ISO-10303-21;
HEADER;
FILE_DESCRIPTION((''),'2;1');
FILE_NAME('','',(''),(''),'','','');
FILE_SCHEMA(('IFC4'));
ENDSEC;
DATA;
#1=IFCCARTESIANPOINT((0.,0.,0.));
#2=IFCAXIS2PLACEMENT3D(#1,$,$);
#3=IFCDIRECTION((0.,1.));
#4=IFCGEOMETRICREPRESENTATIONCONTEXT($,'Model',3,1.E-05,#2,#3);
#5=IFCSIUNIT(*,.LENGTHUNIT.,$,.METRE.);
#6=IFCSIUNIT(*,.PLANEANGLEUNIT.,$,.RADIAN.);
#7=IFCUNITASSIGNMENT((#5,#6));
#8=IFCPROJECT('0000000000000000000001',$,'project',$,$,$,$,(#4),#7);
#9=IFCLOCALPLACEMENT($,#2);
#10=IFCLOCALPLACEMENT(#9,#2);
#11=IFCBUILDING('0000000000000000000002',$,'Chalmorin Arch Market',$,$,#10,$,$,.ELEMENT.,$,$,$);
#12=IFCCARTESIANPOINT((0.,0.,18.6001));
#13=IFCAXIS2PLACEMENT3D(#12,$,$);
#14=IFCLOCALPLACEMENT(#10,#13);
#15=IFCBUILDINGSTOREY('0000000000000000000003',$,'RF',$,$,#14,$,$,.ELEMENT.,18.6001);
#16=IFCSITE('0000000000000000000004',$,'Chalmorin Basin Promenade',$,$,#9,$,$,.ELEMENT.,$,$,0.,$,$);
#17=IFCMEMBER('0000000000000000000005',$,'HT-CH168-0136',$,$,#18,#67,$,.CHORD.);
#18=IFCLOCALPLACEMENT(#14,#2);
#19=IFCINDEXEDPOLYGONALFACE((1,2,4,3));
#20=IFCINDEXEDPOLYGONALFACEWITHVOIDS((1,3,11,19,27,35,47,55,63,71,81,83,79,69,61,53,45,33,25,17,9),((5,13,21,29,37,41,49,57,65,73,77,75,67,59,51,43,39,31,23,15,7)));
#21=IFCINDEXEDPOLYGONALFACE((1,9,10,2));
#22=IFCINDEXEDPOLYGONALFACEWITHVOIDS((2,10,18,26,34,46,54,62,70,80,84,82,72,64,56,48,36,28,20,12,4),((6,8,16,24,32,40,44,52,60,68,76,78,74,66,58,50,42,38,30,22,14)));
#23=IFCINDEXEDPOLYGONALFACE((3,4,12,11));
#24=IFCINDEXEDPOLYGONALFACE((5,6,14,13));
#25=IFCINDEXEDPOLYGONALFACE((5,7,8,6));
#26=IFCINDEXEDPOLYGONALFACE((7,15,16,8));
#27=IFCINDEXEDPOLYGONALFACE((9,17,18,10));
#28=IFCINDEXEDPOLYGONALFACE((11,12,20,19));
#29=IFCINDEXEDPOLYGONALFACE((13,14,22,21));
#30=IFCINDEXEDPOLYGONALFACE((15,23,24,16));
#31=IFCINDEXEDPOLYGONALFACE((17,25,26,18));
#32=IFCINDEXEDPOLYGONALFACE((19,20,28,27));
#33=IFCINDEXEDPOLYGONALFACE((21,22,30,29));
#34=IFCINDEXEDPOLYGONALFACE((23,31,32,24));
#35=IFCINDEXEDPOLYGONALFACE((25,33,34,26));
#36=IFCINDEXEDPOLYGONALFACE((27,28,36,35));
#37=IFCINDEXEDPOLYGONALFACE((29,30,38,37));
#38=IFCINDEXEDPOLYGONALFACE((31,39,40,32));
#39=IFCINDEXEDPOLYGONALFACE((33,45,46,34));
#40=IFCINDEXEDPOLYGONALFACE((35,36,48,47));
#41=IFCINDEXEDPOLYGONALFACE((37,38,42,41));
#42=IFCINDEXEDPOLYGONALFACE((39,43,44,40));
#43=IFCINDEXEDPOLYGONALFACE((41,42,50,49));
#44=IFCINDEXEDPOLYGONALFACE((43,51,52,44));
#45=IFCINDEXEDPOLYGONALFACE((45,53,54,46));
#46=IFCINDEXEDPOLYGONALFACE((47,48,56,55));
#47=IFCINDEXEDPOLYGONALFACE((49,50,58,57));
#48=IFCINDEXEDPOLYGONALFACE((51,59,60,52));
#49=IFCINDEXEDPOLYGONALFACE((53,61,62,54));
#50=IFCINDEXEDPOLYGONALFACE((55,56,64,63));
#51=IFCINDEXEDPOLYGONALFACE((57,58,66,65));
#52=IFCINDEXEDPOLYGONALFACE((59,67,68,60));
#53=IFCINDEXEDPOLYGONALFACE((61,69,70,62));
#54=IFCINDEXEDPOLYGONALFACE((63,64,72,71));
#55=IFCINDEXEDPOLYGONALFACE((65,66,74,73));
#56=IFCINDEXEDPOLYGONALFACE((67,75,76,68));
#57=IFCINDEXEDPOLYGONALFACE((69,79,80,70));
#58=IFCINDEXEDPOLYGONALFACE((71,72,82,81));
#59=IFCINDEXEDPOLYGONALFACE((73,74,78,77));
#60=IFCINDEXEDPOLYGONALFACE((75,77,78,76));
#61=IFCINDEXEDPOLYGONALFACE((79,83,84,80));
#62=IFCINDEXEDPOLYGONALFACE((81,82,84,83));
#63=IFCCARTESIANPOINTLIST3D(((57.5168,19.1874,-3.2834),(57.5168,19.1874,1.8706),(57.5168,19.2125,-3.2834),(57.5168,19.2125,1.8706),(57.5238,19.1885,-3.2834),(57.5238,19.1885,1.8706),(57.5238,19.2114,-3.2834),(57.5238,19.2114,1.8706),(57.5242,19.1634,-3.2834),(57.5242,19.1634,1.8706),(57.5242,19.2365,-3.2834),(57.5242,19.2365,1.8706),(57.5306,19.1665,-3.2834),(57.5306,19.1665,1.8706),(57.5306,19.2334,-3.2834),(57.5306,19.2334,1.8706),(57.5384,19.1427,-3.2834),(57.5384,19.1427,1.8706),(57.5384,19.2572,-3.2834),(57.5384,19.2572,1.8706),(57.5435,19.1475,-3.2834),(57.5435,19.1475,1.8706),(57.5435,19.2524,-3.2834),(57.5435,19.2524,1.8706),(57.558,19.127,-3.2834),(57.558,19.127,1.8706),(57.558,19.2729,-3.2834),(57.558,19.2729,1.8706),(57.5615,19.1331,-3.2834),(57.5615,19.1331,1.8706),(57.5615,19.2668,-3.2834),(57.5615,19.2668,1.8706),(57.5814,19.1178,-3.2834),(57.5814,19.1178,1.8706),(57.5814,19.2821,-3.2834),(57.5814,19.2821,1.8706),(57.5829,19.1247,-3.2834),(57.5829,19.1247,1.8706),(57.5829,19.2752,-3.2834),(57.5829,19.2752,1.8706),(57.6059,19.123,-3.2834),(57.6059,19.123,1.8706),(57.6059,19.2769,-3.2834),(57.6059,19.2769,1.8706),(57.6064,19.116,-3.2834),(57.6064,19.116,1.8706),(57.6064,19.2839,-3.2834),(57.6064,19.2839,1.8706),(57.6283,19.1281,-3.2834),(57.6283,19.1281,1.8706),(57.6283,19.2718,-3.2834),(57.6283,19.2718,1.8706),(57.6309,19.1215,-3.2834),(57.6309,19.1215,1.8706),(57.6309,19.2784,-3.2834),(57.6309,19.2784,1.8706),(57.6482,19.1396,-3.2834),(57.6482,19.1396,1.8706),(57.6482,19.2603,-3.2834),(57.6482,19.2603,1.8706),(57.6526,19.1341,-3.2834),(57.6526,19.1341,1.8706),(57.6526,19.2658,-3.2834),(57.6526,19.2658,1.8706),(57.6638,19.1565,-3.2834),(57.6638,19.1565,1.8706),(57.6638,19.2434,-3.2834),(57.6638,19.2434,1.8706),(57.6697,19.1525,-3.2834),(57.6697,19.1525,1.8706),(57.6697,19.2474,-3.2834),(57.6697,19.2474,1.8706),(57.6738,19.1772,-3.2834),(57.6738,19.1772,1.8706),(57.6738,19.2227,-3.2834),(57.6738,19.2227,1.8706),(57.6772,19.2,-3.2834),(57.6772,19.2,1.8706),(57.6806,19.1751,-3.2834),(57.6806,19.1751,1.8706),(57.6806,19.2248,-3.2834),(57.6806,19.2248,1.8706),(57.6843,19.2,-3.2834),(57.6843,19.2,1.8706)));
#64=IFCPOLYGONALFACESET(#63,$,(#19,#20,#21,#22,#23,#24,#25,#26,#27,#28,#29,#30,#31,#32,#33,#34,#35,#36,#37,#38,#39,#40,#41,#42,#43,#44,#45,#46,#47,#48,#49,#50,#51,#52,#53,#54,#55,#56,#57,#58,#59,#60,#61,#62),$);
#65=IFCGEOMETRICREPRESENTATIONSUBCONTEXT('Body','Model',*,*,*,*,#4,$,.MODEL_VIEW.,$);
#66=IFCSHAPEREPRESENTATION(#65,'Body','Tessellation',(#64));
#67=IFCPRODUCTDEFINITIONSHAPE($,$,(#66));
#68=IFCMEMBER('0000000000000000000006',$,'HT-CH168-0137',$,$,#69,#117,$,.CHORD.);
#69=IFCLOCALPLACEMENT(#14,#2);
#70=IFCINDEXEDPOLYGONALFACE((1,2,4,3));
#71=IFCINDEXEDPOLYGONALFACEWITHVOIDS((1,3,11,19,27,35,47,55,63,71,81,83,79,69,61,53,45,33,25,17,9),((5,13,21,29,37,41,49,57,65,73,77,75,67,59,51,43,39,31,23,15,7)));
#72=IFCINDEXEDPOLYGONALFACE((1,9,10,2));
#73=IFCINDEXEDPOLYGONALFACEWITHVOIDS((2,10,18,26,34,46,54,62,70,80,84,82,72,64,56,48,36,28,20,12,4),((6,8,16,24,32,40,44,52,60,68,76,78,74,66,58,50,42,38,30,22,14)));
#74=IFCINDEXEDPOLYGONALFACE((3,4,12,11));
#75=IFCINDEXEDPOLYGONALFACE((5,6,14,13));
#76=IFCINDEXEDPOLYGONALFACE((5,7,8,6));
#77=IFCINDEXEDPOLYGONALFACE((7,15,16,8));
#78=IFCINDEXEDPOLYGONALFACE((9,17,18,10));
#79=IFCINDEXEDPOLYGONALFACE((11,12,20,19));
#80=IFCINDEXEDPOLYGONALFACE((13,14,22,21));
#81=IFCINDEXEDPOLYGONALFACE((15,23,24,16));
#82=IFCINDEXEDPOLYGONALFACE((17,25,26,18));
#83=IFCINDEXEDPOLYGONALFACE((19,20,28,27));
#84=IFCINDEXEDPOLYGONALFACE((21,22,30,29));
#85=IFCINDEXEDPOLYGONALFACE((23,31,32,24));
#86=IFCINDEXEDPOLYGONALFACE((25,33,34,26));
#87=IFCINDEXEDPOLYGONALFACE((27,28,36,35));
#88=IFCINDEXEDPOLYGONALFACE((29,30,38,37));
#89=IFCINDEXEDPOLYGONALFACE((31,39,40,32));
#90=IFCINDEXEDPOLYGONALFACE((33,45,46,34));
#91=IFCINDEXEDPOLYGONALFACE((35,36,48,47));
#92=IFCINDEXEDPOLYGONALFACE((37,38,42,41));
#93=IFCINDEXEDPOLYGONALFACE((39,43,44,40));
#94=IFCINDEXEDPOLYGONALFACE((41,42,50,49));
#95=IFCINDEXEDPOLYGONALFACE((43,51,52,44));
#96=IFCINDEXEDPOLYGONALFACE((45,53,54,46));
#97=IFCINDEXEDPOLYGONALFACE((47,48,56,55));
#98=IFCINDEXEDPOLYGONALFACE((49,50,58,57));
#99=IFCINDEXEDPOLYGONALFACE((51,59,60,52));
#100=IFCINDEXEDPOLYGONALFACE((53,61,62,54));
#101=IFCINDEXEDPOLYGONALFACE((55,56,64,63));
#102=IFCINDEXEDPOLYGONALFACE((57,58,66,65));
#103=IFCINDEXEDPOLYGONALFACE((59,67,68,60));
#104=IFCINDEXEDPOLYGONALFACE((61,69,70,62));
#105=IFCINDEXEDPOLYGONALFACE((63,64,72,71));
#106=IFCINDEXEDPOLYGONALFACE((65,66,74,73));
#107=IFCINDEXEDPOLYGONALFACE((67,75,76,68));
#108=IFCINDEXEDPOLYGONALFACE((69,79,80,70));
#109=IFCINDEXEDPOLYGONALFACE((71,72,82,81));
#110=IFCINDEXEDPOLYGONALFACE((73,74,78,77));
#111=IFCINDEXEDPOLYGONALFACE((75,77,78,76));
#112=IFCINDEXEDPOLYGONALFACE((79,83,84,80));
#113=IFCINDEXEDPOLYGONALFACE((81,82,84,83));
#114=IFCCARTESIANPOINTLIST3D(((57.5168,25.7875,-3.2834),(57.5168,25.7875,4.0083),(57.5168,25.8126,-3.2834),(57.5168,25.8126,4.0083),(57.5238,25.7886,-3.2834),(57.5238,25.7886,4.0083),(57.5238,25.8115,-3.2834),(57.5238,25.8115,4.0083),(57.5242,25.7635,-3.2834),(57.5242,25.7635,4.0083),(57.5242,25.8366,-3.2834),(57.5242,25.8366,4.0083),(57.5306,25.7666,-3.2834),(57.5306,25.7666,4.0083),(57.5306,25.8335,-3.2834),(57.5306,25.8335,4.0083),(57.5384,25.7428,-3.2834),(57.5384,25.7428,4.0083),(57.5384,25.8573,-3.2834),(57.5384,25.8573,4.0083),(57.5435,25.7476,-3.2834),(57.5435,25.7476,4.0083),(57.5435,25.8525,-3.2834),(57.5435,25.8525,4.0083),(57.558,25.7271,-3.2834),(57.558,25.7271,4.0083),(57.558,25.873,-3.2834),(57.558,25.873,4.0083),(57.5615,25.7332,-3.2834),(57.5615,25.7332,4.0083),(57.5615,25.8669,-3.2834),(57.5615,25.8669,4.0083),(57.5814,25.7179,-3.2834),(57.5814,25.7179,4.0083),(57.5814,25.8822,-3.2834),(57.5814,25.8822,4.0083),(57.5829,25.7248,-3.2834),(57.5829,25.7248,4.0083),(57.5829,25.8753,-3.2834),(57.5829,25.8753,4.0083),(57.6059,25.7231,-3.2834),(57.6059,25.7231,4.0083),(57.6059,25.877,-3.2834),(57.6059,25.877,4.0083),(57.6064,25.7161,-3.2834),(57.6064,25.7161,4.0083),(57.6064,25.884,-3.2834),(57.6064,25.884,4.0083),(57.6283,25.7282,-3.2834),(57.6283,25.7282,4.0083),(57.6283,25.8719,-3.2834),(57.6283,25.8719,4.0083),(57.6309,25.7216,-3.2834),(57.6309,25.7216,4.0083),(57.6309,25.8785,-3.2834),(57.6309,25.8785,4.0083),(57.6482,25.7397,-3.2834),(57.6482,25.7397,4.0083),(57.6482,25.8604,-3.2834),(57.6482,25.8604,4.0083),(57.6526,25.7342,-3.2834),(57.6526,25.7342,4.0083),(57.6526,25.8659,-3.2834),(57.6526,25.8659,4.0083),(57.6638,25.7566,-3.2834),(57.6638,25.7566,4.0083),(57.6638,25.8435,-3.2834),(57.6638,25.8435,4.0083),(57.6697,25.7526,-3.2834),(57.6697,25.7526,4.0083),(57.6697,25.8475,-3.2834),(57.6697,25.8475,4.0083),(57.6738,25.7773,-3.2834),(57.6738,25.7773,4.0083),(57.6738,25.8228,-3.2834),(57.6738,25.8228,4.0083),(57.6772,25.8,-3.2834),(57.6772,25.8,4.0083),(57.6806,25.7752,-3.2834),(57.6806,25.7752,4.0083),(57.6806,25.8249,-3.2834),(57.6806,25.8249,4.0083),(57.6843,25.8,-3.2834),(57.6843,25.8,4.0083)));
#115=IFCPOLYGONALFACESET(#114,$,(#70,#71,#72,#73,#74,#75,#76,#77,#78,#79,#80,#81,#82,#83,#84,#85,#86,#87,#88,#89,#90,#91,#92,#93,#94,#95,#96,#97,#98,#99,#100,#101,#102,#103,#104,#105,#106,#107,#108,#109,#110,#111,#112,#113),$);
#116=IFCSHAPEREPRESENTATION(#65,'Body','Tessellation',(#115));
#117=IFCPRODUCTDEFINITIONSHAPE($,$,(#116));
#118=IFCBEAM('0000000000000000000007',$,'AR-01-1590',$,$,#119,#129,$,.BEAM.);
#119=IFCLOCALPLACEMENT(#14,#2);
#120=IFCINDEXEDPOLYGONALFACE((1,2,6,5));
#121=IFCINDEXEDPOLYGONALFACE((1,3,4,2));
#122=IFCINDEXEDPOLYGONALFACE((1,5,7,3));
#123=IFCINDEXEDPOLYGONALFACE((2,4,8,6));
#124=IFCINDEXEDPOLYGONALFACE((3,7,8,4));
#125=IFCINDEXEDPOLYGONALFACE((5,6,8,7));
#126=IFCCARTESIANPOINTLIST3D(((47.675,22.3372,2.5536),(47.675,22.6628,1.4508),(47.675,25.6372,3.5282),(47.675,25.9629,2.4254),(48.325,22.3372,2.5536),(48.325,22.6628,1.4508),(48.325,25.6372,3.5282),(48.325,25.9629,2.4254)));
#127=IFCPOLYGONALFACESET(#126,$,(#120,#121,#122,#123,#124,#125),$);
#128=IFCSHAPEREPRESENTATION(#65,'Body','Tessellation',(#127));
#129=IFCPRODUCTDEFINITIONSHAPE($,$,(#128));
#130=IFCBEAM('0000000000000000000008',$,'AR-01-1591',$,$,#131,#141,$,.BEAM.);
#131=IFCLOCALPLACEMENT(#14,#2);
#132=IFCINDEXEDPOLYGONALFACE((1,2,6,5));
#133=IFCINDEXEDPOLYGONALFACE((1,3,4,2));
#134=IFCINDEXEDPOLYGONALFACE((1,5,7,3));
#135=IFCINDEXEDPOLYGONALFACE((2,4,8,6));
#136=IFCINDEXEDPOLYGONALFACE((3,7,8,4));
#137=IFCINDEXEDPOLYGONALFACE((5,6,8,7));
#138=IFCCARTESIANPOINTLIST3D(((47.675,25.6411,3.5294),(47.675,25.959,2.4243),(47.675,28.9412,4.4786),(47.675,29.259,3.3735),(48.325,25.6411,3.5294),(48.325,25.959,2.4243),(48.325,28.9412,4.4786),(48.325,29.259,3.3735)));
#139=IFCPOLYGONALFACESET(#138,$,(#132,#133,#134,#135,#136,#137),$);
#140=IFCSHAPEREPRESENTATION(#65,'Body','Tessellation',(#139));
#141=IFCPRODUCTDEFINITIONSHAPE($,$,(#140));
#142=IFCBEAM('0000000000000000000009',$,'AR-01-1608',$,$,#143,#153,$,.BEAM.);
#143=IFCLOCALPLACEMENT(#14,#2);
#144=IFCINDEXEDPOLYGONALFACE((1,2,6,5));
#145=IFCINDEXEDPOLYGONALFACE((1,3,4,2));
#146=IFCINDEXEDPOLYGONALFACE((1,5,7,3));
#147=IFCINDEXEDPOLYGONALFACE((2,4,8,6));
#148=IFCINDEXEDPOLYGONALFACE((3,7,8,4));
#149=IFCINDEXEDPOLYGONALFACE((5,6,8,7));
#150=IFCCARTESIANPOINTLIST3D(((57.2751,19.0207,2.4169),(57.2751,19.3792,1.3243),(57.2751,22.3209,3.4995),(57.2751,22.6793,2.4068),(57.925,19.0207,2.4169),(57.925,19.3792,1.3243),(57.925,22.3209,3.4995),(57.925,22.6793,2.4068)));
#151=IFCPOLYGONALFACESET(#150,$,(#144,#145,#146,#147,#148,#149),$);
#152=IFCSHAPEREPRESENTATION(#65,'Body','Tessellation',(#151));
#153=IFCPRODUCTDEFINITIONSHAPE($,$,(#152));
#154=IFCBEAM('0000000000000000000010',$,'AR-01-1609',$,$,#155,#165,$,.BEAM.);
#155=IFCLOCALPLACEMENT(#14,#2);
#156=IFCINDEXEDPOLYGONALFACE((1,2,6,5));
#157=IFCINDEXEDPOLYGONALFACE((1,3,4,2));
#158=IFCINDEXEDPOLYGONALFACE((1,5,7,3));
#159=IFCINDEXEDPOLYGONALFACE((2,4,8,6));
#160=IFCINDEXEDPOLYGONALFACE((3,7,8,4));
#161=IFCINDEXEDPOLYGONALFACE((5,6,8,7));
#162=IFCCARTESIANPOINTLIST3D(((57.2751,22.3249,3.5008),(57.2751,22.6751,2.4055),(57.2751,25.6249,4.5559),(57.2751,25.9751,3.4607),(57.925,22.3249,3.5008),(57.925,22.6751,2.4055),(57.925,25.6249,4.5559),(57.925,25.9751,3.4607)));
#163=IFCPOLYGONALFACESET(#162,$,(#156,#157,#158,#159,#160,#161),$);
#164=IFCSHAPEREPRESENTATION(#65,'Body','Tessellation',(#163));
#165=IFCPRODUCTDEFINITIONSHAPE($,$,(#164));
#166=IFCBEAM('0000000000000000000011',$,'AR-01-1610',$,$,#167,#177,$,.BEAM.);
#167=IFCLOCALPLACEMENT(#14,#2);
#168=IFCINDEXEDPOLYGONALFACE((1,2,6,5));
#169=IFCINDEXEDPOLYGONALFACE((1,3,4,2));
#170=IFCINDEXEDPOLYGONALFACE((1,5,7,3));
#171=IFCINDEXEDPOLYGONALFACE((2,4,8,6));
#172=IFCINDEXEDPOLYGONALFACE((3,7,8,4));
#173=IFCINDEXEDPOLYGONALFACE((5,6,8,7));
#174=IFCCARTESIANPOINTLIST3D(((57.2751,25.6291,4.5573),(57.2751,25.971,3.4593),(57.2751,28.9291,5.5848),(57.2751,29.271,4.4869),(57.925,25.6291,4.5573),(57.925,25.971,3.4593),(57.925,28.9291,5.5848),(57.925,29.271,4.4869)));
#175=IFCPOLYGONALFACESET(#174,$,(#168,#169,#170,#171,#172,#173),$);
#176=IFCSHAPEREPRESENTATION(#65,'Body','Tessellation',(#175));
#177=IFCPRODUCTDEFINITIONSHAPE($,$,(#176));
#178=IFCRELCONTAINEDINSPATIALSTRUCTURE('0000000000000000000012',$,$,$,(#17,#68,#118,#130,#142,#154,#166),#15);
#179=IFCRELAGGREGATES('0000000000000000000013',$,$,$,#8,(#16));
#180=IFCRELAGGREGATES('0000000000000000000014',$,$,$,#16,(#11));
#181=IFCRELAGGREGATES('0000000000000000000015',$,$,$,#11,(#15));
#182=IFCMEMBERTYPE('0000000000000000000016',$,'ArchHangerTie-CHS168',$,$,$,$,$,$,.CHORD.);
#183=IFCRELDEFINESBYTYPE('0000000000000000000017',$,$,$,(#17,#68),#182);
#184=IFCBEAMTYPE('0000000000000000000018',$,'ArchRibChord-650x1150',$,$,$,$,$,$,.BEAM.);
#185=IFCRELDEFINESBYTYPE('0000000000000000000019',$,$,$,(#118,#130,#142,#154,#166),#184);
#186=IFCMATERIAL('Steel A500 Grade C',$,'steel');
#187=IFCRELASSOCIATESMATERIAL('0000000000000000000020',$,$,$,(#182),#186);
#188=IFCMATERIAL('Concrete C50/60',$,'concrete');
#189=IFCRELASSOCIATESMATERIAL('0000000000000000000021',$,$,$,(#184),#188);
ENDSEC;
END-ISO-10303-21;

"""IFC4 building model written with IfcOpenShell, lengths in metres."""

from ifc_helpers import new_model, si_unit, direction, frame, origin, origin_2d, place, context, subcontext, project, spatial, rectangle, hollow_circle, extrude, material, material_profile, profile_set, type_object, element, save


model = new_model("IFC4")

# Units and contexts
model_context = context("Model", 3, precision=1e-05, world=origin(), true_north=direction((0.0, 1.0)))
body_context = subcontext(model_context, "Body", "Model", "MODEL_VIEW")
ifc_project = project(units=[si_unit("LENGTHUNIT", "METRE"), si_unit("PLANEANGLEUNIT", "RADIAN")], contexts=[model_context])

# Site, building, storey
site_placement = place(None, origin())
site = spatial("IfcSite", under=ifc_project, at=site_placement, Name="Chalmorin Basin Promenade", CompositionType="ELEMENT", RefElevation=0.0)
building_placement = place(site_placement, origin())
building = spatial("IfcBuilding", under=site, at=building_placement, Name="Chalmorin Arch Market", CompositionType="ELEMENT")
storey_placement = place(building_placement, frame((0.0, 0.0, 18.6001)))
storey = spatial("IfcBuildingStorey", under=building, at=storey_placement, Name="RF", CompositionType="ELEMENT", Elevation=18.6001)

# Members
ifc_material_1 = material(Name="Steel A500 Grade C", Category="steel")
ifc_material_profile_1 = material_profile(ifc_material_1, hollow_circle(Radius=0.0842, WallThickness=0.0071, at=origin_2d()), Name="CHS168X7")
ifc_profile_set_1 = profile_set([ifc_material_profile_1], Name="Steel A500 Grade C")
member_type_1 = type_object("IfcMemberType", Name="ArchHangerTie-CHS168", PredefinedType="CHORD", material=ifc_profile_set_1)
member_1_placement = place(storey_placement, frame((57.6001, 19.2, -3.2834), z_axis=(0.0, 0.0, 1.0), x_axis=(1.0, 0.0, 0.0)))
element("IfcMember", 1, at=member_1_placement, inside=storey, type_object=member_type_1, Name="HT-CH168-0136", PredefinedType="CHORD", context=body_context, shape_type="SweptSolid", body=[
    extrude(hollow_circle(Radius=0.0842, WallThickness=0.0071, at=origin_2d()), origin(), (0.0, 0.0, 1.0), 5.1541),
])
member_2_placement = place(storey_placement, frame((57.6001, 25.8, -3.2834), z_axis=(0.0, 0.0, 1.0), x_axis=(1.0, 0.0, 0.0)))
element("IfcMember", 2, at=member_2_placement, inside=storey, type_object=member_type_1, Name="HT-CH168-0137", PredefinedType="CHORD", context=body_context, shape_type="SweptSolid", body=[
    extrude(hollow_circle(Radius=0.0842, WallThickness=0.0071, at=origin_2d()), origin(), (0.0, 0.0, 1.0), 7.2917),
])

# Beams
ifc_material_2 = material(Name="Concrete C50/60", Category="concrete")
ifc_material_profile_2 = material_profile(ifc_material_2, rectangle(XDim=0.6499, YDim=1.1499, at=origin_2d()), Name="RC650X1150")
ifc_profile_set_2 = profile_set([ifc_material_profile_2], Name="Concrete C50/60")
beam_type = type_object("IfcBeamType", Name="ArchRibChord-650x1150", PredefinedType="BEAM", material=ifc_profile_set_2)
beam_1_placement = place(storey_placement, frame((48.0, 22.5, 2.0022), z_axis=(0.0, 0.95905, 0.283238), x_axis=(-1.0, 0.0, 0.0)))
element("IfcBeam", 3, at=beam_1_placement, inside=storey, type_object=beam_type, Name="AR-01-1590", PredefinedType="BEAM", context=body_context, shape_type="SweptSolid", body=[
    extrude(rectangle(XDim=0.6499, YDim=1.1499, at=origin_2d()), origin(), (0.0, 0.0, 1.0), 3.4409),
])
beam_2_placement = place(storey_placement, frame((48.0, 25.8, 2.9768), z_axis=(0.0, 0.961034, 0.27643), x_axis=(-1.0, 0.0, 0.0)))
element("IfcBeam", 4, at=beam_2_placement, inside=storey, type_object=beam_type, Name="AR-01-1591", PredefinedType="BEAM", context=body_context, shape_type="SweptSolid", body=[
    extrude(rectangle(XDim=0.6499, YDim=1.1499, at=origin_2d()), origin(), (0.0, 0.0, 1.0), 3.4338),
])
beam_3_placement = place(storey_placement, frame((57.6001, 19.2, 1.8706), z_axis=(0.0, 0.950184, 0.31169), x_axis=(-1.0, 0.0, 0.0)))
element("IfcBeam", 5, at=beam_3_placement, inside=storey, type_object=beam_type, Name="AR-01-1608", PredefinedType="BEAM", context=body_context, shape_type="SweptSolid", body=[
    extrude(rectangle(XDim=0.6499, YDim=1.1499, at=origin_2d()), origin(), (0.0, 0.0, 1.0), 3.4731),
])
beam_4_placement = place(storey_placement, frame((57.6001, 22.5, 2.9531), z_axis=(0.0, 0.952494, 0.304556), x_axis=(-1.0, 0.0, 0.0)))
element("IfcBeam", 6, at=beam_4_placement, inside=storey, type_object=beam_type, Name="AR-01-1609", PredefinedType="BEAM", context=body_context, shape_type="SweptSolid", body=[
    extrude(rectangle(XDim=0.6499, YDim=1.1499, at=origin_2d()), origin(), (0.0, 0.0, 1.0), 3.4646),
])
beam_5_placement = place(storey_placement, frame((57.6001, 25.8, 4.0083), z_axis=(0.0, 0.954782, 0.297306), x_axis=(-1.0, 0.0, 0.0)))
element("IfcBeam", 7, at=beam_5_placement, inside=storey, type_object=beam_type, Name="AR-01-1610", PredefinedType="BEAM", context=body_context, shape_type="SweptSolid", body=[
    extrude(rectangle(XDim=0.6499, YDim=1.1499, at=origin_2d()), origin(), (0.0, 0.0, 1.0), 3.4563),
])

save(model, "model.ifc")
